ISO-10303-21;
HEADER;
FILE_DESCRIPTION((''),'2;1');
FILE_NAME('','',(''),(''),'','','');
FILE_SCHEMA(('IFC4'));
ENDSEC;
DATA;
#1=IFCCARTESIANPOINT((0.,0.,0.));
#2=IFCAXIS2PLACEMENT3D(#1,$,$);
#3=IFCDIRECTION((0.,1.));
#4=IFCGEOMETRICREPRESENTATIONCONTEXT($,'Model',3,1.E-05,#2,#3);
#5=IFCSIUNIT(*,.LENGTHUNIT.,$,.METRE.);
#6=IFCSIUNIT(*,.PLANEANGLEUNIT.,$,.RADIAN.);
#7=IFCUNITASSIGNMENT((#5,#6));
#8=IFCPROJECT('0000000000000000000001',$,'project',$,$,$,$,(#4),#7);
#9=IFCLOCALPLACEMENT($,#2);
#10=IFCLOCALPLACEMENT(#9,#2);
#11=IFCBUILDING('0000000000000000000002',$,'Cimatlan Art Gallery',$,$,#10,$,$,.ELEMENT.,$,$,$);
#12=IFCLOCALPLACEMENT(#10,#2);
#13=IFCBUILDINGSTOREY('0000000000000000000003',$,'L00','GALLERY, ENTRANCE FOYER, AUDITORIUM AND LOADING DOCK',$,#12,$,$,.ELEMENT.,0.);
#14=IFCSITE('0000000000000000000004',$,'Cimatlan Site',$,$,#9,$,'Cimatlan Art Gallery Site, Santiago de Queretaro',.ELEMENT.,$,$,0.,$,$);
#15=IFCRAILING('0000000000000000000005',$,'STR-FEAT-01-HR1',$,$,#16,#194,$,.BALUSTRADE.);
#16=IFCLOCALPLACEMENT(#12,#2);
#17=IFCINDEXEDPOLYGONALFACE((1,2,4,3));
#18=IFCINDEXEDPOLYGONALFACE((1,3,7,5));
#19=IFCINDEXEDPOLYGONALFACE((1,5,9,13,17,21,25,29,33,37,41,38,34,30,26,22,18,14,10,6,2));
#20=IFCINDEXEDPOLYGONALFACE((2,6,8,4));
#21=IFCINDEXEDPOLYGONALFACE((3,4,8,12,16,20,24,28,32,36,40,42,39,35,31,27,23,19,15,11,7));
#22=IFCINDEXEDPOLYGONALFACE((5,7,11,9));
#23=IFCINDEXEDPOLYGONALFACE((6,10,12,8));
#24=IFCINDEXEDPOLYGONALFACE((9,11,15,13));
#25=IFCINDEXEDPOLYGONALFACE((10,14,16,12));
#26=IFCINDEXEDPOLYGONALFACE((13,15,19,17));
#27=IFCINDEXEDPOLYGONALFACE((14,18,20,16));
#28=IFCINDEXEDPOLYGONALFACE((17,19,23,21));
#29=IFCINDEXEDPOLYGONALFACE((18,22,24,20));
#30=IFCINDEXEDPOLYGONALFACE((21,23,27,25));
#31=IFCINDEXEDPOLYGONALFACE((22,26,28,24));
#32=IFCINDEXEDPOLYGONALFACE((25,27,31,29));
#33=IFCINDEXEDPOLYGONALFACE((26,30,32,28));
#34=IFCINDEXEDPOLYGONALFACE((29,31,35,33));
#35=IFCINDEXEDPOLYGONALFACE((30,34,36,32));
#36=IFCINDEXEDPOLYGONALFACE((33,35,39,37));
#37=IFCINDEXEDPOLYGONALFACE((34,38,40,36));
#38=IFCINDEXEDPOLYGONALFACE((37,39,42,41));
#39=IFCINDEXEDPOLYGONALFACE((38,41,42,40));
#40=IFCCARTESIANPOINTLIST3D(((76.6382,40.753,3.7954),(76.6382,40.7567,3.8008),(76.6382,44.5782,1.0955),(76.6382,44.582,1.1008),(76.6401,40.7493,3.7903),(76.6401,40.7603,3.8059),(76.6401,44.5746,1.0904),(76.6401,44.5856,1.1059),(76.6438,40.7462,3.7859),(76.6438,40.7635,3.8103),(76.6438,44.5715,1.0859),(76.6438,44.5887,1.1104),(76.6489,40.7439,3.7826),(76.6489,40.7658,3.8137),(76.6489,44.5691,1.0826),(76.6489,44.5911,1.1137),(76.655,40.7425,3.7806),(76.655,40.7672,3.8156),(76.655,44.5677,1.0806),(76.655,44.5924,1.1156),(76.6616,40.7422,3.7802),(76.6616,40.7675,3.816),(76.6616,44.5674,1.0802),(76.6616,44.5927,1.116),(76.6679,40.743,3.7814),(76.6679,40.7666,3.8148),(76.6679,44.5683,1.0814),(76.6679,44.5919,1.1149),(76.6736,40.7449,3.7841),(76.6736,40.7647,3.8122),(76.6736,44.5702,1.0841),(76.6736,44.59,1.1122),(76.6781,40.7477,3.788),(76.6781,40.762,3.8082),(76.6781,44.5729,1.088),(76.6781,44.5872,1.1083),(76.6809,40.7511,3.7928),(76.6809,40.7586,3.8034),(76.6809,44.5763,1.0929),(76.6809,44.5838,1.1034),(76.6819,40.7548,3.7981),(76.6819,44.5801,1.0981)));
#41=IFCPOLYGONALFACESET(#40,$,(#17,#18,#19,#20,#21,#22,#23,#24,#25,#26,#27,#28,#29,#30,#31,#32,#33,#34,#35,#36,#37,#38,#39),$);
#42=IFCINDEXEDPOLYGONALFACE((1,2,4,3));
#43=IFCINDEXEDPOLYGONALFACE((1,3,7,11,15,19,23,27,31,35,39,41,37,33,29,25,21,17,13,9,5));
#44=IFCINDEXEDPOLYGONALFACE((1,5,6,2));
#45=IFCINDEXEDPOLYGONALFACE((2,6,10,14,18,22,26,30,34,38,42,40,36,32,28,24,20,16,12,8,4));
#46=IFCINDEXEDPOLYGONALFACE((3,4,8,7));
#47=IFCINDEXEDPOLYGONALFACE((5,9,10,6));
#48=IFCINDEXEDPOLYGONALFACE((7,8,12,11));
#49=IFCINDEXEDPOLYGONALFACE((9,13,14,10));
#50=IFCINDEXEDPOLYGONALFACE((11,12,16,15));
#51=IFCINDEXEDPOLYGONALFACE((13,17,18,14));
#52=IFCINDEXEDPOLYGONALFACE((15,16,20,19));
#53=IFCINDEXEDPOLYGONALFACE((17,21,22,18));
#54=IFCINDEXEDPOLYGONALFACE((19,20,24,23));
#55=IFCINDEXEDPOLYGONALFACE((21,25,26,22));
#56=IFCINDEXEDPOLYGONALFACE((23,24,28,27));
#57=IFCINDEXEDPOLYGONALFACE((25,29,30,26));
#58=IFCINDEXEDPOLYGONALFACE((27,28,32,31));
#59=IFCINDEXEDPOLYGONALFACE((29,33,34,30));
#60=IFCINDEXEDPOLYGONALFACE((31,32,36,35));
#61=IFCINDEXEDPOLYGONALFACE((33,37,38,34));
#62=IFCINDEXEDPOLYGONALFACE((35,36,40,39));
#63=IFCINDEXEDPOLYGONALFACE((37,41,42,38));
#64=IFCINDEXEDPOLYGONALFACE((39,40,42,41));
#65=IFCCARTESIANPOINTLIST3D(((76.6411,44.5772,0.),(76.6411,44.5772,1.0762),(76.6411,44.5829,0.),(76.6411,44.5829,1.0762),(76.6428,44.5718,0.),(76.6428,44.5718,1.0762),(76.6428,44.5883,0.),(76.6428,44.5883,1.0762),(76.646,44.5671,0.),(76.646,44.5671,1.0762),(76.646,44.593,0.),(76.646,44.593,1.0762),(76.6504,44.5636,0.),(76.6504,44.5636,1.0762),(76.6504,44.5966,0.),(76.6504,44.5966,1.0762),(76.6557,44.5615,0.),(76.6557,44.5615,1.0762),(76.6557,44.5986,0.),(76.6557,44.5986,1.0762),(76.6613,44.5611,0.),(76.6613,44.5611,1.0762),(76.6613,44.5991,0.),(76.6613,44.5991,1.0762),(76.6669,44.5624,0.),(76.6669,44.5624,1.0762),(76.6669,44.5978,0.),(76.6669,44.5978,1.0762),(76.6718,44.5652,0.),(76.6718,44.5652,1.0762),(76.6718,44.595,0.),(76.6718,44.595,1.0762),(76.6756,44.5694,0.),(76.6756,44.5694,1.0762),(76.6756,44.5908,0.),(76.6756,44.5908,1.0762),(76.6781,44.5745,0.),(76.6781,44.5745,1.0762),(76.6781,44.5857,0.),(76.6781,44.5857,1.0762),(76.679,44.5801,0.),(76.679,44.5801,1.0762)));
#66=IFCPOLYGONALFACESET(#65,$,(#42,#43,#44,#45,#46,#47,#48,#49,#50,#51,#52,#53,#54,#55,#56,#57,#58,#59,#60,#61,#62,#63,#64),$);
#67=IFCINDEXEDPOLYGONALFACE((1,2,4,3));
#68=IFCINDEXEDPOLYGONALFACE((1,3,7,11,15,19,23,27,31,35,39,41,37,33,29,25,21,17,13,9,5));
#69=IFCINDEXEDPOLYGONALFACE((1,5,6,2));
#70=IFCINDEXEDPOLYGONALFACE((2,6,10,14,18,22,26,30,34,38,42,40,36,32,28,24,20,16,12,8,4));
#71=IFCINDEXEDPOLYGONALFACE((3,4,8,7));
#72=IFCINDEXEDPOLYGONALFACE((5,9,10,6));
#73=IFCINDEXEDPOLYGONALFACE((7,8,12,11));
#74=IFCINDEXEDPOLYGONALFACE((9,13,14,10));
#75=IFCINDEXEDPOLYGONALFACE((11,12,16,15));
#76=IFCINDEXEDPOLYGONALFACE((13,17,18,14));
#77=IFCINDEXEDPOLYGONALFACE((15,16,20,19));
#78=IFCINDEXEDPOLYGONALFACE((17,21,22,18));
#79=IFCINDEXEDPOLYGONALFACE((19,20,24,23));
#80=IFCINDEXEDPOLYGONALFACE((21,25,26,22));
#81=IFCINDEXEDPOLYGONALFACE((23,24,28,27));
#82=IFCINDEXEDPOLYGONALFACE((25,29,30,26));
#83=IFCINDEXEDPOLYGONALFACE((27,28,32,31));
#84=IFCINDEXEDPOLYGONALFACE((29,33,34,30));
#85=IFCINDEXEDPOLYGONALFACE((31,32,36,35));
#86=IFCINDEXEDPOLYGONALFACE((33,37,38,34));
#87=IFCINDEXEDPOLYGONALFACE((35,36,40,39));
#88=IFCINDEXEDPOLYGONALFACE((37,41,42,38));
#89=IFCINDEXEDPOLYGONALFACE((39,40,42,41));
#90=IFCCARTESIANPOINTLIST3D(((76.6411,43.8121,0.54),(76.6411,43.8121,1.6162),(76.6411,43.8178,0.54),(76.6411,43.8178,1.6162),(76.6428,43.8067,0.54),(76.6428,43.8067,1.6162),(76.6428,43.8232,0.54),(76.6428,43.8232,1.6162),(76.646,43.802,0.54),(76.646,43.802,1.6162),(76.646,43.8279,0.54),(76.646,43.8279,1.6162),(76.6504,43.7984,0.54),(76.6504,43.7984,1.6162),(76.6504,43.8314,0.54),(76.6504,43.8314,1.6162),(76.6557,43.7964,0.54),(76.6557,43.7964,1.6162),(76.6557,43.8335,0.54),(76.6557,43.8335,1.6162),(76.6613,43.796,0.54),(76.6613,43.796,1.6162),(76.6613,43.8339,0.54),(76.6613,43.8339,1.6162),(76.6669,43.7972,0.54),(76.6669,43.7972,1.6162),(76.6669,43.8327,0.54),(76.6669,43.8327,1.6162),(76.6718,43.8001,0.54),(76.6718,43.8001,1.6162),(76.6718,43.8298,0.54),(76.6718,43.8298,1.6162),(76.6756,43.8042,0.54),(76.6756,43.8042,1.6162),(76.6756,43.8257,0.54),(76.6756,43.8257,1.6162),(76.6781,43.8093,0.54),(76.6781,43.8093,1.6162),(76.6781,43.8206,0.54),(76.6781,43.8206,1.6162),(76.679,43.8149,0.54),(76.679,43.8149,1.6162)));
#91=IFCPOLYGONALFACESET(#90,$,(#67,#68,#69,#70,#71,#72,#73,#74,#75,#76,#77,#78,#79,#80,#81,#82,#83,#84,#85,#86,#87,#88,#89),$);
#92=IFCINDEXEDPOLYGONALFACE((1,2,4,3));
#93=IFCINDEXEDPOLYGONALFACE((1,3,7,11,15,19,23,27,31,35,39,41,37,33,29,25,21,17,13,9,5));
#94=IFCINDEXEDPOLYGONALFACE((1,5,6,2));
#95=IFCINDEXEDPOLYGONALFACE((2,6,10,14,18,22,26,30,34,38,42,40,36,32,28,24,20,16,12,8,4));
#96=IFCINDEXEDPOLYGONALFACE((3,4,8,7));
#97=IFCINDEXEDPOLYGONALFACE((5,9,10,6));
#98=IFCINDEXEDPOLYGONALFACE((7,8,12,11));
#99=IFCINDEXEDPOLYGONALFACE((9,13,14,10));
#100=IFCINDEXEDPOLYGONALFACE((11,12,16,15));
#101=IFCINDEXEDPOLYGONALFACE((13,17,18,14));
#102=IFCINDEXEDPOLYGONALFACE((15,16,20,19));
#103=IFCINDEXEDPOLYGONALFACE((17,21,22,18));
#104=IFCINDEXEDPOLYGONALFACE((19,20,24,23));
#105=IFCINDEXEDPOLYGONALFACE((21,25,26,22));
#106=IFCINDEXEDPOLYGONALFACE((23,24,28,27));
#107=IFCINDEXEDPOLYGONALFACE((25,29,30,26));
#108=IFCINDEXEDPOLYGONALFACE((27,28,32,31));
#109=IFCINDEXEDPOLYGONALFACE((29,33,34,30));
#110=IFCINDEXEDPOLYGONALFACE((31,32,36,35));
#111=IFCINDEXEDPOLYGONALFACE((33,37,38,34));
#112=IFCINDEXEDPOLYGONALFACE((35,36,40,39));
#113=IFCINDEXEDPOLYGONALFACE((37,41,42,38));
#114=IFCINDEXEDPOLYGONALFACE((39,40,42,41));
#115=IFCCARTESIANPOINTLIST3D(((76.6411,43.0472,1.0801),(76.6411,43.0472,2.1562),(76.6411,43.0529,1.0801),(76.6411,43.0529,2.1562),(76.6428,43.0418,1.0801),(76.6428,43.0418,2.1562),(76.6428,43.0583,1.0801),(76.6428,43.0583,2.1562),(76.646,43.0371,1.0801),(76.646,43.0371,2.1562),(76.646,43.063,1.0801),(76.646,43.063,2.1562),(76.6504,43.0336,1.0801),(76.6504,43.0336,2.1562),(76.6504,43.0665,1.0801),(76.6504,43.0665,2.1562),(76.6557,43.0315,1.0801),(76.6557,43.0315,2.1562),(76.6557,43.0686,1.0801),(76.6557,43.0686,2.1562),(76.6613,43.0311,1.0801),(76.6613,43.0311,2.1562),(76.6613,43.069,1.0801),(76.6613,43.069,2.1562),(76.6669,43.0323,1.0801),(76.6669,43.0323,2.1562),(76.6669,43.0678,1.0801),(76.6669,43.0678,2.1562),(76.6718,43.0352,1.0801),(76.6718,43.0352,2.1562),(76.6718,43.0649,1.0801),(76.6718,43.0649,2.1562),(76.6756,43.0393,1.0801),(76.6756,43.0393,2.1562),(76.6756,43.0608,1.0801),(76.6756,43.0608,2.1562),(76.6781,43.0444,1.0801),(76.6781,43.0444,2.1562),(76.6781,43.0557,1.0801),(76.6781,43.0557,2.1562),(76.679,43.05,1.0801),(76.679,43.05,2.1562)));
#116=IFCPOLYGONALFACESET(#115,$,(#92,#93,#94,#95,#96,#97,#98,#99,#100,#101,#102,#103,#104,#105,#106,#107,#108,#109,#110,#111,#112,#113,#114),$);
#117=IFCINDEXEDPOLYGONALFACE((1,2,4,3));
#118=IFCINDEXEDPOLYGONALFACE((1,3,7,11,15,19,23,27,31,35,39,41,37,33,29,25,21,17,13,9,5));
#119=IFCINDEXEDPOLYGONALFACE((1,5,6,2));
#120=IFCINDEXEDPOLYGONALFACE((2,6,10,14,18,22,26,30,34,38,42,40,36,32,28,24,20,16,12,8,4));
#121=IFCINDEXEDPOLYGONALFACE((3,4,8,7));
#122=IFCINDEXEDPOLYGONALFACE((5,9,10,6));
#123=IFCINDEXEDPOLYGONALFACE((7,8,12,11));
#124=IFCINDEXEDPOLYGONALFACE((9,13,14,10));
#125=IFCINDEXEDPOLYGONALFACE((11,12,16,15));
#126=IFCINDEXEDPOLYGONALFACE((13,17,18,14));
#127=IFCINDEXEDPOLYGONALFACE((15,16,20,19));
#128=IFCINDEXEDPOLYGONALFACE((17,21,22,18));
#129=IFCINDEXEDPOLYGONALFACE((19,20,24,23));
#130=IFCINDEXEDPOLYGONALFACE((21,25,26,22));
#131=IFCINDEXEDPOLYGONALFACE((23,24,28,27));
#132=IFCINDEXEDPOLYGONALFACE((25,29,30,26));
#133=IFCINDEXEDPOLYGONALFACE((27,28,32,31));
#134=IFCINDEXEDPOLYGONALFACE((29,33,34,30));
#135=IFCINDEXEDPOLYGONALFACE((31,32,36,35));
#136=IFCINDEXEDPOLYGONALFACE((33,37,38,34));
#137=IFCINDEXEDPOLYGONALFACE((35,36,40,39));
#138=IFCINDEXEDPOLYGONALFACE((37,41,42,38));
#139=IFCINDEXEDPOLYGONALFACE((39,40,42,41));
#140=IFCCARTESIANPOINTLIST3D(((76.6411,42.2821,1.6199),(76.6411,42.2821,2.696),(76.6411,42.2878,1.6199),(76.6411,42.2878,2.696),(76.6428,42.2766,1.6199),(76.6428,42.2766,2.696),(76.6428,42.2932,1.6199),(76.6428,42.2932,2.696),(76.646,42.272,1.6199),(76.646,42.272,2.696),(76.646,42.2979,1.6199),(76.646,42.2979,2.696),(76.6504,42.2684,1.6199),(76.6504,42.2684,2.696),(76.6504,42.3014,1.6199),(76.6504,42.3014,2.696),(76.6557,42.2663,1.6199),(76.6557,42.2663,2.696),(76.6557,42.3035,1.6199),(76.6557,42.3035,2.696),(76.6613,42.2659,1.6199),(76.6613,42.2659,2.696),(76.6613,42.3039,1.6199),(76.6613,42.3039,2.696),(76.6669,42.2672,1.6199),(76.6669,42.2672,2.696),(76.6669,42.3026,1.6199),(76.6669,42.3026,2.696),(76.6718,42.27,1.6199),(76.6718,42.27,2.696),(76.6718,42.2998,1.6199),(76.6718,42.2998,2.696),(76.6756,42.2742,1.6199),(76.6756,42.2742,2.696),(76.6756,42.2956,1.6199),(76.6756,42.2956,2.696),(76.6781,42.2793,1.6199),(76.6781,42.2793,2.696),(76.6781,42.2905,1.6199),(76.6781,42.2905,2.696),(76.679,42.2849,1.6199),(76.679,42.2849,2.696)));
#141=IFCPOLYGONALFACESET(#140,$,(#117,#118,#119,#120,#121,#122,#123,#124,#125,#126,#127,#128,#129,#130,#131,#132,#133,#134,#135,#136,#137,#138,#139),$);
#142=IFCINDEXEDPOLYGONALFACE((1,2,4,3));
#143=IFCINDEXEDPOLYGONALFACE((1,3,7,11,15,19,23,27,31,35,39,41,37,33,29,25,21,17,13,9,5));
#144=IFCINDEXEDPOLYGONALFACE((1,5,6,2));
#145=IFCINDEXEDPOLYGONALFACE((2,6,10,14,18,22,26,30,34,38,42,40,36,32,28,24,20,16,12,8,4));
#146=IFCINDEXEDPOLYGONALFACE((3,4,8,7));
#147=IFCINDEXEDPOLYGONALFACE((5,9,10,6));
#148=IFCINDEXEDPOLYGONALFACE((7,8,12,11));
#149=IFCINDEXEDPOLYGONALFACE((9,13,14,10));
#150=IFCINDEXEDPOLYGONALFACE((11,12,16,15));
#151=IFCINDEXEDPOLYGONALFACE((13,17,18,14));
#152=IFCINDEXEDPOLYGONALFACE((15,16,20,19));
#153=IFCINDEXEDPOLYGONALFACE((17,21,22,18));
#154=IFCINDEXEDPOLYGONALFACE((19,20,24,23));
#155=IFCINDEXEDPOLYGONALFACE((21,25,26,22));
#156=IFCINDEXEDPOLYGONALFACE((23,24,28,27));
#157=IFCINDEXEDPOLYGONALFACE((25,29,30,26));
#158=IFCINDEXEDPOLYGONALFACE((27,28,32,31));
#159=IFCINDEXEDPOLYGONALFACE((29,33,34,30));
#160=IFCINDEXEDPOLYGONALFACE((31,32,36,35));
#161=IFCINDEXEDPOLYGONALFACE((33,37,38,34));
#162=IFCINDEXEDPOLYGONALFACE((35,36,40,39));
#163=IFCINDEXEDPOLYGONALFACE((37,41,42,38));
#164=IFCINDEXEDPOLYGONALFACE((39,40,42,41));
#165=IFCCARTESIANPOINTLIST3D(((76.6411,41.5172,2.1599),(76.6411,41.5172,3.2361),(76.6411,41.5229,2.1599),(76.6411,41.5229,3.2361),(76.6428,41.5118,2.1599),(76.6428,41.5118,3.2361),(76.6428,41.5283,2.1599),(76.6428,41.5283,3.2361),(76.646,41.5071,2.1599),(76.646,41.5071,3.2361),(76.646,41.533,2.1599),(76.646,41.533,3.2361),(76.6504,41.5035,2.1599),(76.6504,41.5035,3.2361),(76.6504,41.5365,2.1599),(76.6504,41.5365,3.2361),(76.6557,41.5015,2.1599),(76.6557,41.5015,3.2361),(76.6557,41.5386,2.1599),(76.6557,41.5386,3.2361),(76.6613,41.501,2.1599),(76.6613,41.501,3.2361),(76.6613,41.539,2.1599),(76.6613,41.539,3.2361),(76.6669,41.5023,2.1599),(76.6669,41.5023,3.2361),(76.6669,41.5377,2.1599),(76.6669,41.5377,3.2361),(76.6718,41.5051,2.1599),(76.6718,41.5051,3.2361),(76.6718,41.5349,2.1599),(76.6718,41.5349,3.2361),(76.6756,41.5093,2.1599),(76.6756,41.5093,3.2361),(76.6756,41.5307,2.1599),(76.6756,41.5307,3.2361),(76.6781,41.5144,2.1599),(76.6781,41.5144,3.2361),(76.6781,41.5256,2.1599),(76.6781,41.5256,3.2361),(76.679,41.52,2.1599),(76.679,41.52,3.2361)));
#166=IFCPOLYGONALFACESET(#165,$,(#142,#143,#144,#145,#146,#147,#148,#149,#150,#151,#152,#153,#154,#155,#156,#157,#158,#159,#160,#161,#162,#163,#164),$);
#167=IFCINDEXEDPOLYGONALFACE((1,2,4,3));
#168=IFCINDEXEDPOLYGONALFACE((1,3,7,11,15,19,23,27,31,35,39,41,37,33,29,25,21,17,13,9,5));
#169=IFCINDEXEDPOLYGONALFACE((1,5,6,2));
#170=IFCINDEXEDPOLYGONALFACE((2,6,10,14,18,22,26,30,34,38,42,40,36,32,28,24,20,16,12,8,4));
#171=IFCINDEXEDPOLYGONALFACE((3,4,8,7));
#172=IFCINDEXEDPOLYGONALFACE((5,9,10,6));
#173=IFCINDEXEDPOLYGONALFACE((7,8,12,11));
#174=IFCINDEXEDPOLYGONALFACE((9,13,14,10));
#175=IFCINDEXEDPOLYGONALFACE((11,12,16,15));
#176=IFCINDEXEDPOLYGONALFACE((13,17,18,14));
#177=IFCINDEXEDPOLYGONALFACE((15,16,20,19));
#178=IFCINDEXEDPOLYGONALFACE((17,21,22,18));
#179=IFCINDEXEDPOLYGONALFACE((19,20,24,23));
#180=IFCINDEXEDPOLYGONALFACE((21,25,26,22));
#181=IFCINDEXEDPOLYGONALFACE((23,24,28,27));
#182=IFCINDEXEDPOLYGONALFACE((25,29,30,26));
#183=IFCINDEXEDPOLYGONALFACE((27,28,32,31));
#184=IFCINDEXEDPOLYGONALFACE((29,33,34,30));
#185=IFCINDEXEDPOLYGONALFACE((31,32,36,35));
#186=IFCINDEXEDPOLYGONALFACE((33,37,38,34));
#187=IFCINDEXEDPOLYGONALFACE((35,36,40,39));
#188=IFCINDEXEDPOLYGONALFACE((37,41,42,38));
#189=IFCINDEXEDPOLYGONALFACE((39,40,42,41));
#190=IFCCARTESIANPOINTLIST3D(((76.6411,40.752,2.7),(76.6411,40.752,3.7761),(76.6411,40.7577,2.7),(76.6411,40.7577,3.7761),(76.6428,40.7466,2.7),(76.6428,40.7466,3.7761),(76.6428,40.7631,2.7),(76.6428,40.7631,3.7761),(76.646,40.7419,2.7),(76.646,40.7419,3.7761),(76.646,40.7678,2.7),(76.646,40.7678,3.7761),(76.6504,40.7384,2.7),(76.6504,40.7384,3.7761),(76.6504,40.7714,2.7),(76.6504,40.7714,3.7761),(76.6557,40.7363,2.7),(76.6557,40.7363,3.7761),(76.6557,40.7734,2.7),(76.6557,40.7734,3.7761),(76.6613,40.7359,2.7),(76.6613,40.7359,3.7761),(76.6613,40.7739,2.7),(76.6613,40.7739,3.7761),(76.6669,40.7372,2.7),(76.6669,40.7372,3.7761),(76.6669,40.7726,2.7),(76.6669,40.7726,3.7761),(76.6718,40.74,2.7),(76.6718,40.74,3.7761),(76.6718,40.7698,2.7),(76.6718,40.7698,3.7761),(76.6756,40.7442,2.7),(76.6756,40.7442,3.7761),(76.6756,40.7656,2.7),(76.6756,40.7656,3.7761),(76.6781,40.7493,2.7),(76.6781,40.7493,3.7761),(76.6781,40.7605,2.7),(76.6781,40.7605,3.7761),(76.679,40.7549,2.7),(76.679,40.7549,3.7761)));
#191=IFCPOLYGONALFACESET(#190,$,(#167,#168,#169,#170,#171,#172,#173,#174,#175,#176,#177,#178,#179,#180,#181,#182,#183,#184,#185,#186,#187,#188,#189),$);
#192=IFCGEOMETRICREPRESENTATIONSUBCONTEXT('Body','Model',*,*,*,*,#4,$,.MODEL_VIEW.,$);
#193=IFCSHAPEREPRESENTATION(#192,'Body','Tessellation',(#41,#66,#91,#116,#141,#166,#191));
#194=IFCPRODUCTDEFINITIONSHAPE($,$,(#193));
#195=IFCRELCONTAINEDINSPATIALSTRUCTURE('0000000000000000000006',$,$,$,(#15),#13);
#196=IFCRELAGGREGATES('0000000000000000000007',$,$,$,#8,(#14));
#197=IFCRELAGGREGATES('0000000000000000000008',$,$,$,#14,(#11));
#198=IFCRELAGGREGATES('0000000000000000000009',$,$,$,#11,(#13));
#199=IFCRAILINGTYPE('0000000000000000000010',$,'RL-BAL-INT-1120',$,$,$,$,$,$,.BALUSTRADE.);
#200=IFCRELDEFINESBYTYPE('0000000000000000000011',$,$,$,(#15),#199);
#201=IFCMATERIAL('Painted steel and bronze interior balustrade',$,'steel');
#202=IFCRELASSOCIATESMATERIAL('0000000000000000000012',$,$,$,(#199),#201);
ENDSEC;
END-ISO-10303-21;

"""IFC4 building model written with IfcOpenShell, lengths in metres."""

from ifc_helpers import new_model, si_unit, direction, frame, origin, origin_2d, place, context, subcontext, project, spatial, circle, extrude, material, type_object, element, save


model = new_model("IFC4")

# Units and contexts
model_context = context("Model", 3, precision=1e-05, world=origin(), true_north=direction((0.0, 1.0)))
body_context = subcontext(model_context, "Body", "Model", "MODEL_VIEW")
ifc_project = project(units=[si_unit("LENGTHUNIT", "METRE"), si_unit("PLANEANGLEUNIT", "RADIAN")], contexts=[model_context])

# Site, building, storey
site_placement = place(None, origin())
site = spatial("IfcSite", under=ifc_project, at=site_placement, Name="Cimatlan Site", LongName="Cimatlan Art Gallery Site, Santiago de Queretaro", CompositionType="ELEMENT", RefElevation=0.0)
building_placement = place(site_placement, origin())
building = spatial("IfcBuilding", under=site, at=building_placement, Name="Cimatlan Art Gallery", CompositionType="ELEMENT")
storey_placement = place(building_placement, origin())
storey = spatial("IfcBuildingStorey", under=building, at=storey_placement, Name="L00", Description="GALLERY, ENTRANCE FOYER, AUDITORIUM AND LOADING DOCK", CompositionType="ELEMENT", Elevation=0.0)

# Railing
ifc_material_1 = material(Name="Painted steel and bronze interior balustrade", Category="steel")
railing_type_1 = type_object("IfcRailingType", Name="RL-BAL-INT-1120", PredefinedType="BALUSTRADE", material=ifc_material_1)
railing_1_placement = place(storey_placement, frame((76.6599, 44.5801, 0.0)))
element("IfcRailing", 1, at=railing_1_placement, inside=storey, type_object=railing_type_1, Name="STR-FEAT-01-HR1", PredefinedType="BALUSTRADE", context=body_context, shape_type="SweptSolid", body=[
    extrude(circle(Radius=0.022, at=origin_2d()), frame((0.0, 0.0, 1.0981), z_axis=(0.0, -0.816987, 0.576657), x_axis=(1.0, 0.0, 0.0)), (0.0, 0.0, 1.0), 4.6821),
    extrude(circle(Radius=0.019, at=origin_2d()), origin(), (0.0, 0.0, 1.0), 1.0762),
    extrude(circle(Radius=0.019, at=origin_2d()), frame((0.0, -0.7651, 0.54)), (0.0, 0.0, 1.0), 1.0762),
    extrude(circle(Radius=0.019, at=origin_2d()), frame((0.0, -1.53, 1.0801)), (0.0, 0.0, 1.0), 1.0762),
    extrude(circle(Radius=0.019, at=origin_2d()), frame((0.0, -2.2952, 1.6199)), (0.0, 0.0, 1.0), 1.0762),
    extrude(circle(Radius=0.019, at=origin_2d()), frame((0.0, -3.0601, 2.1599)), (0.0, 0.0, 1.0), 1.0762),
    extrude(circle(Radius=0.019, at=origin_2d()), frame((0.0, -3.8252, 2.7)), (0.0, 0.0, 1.0), 1.0762),
])

save(model, "model.ifc")
